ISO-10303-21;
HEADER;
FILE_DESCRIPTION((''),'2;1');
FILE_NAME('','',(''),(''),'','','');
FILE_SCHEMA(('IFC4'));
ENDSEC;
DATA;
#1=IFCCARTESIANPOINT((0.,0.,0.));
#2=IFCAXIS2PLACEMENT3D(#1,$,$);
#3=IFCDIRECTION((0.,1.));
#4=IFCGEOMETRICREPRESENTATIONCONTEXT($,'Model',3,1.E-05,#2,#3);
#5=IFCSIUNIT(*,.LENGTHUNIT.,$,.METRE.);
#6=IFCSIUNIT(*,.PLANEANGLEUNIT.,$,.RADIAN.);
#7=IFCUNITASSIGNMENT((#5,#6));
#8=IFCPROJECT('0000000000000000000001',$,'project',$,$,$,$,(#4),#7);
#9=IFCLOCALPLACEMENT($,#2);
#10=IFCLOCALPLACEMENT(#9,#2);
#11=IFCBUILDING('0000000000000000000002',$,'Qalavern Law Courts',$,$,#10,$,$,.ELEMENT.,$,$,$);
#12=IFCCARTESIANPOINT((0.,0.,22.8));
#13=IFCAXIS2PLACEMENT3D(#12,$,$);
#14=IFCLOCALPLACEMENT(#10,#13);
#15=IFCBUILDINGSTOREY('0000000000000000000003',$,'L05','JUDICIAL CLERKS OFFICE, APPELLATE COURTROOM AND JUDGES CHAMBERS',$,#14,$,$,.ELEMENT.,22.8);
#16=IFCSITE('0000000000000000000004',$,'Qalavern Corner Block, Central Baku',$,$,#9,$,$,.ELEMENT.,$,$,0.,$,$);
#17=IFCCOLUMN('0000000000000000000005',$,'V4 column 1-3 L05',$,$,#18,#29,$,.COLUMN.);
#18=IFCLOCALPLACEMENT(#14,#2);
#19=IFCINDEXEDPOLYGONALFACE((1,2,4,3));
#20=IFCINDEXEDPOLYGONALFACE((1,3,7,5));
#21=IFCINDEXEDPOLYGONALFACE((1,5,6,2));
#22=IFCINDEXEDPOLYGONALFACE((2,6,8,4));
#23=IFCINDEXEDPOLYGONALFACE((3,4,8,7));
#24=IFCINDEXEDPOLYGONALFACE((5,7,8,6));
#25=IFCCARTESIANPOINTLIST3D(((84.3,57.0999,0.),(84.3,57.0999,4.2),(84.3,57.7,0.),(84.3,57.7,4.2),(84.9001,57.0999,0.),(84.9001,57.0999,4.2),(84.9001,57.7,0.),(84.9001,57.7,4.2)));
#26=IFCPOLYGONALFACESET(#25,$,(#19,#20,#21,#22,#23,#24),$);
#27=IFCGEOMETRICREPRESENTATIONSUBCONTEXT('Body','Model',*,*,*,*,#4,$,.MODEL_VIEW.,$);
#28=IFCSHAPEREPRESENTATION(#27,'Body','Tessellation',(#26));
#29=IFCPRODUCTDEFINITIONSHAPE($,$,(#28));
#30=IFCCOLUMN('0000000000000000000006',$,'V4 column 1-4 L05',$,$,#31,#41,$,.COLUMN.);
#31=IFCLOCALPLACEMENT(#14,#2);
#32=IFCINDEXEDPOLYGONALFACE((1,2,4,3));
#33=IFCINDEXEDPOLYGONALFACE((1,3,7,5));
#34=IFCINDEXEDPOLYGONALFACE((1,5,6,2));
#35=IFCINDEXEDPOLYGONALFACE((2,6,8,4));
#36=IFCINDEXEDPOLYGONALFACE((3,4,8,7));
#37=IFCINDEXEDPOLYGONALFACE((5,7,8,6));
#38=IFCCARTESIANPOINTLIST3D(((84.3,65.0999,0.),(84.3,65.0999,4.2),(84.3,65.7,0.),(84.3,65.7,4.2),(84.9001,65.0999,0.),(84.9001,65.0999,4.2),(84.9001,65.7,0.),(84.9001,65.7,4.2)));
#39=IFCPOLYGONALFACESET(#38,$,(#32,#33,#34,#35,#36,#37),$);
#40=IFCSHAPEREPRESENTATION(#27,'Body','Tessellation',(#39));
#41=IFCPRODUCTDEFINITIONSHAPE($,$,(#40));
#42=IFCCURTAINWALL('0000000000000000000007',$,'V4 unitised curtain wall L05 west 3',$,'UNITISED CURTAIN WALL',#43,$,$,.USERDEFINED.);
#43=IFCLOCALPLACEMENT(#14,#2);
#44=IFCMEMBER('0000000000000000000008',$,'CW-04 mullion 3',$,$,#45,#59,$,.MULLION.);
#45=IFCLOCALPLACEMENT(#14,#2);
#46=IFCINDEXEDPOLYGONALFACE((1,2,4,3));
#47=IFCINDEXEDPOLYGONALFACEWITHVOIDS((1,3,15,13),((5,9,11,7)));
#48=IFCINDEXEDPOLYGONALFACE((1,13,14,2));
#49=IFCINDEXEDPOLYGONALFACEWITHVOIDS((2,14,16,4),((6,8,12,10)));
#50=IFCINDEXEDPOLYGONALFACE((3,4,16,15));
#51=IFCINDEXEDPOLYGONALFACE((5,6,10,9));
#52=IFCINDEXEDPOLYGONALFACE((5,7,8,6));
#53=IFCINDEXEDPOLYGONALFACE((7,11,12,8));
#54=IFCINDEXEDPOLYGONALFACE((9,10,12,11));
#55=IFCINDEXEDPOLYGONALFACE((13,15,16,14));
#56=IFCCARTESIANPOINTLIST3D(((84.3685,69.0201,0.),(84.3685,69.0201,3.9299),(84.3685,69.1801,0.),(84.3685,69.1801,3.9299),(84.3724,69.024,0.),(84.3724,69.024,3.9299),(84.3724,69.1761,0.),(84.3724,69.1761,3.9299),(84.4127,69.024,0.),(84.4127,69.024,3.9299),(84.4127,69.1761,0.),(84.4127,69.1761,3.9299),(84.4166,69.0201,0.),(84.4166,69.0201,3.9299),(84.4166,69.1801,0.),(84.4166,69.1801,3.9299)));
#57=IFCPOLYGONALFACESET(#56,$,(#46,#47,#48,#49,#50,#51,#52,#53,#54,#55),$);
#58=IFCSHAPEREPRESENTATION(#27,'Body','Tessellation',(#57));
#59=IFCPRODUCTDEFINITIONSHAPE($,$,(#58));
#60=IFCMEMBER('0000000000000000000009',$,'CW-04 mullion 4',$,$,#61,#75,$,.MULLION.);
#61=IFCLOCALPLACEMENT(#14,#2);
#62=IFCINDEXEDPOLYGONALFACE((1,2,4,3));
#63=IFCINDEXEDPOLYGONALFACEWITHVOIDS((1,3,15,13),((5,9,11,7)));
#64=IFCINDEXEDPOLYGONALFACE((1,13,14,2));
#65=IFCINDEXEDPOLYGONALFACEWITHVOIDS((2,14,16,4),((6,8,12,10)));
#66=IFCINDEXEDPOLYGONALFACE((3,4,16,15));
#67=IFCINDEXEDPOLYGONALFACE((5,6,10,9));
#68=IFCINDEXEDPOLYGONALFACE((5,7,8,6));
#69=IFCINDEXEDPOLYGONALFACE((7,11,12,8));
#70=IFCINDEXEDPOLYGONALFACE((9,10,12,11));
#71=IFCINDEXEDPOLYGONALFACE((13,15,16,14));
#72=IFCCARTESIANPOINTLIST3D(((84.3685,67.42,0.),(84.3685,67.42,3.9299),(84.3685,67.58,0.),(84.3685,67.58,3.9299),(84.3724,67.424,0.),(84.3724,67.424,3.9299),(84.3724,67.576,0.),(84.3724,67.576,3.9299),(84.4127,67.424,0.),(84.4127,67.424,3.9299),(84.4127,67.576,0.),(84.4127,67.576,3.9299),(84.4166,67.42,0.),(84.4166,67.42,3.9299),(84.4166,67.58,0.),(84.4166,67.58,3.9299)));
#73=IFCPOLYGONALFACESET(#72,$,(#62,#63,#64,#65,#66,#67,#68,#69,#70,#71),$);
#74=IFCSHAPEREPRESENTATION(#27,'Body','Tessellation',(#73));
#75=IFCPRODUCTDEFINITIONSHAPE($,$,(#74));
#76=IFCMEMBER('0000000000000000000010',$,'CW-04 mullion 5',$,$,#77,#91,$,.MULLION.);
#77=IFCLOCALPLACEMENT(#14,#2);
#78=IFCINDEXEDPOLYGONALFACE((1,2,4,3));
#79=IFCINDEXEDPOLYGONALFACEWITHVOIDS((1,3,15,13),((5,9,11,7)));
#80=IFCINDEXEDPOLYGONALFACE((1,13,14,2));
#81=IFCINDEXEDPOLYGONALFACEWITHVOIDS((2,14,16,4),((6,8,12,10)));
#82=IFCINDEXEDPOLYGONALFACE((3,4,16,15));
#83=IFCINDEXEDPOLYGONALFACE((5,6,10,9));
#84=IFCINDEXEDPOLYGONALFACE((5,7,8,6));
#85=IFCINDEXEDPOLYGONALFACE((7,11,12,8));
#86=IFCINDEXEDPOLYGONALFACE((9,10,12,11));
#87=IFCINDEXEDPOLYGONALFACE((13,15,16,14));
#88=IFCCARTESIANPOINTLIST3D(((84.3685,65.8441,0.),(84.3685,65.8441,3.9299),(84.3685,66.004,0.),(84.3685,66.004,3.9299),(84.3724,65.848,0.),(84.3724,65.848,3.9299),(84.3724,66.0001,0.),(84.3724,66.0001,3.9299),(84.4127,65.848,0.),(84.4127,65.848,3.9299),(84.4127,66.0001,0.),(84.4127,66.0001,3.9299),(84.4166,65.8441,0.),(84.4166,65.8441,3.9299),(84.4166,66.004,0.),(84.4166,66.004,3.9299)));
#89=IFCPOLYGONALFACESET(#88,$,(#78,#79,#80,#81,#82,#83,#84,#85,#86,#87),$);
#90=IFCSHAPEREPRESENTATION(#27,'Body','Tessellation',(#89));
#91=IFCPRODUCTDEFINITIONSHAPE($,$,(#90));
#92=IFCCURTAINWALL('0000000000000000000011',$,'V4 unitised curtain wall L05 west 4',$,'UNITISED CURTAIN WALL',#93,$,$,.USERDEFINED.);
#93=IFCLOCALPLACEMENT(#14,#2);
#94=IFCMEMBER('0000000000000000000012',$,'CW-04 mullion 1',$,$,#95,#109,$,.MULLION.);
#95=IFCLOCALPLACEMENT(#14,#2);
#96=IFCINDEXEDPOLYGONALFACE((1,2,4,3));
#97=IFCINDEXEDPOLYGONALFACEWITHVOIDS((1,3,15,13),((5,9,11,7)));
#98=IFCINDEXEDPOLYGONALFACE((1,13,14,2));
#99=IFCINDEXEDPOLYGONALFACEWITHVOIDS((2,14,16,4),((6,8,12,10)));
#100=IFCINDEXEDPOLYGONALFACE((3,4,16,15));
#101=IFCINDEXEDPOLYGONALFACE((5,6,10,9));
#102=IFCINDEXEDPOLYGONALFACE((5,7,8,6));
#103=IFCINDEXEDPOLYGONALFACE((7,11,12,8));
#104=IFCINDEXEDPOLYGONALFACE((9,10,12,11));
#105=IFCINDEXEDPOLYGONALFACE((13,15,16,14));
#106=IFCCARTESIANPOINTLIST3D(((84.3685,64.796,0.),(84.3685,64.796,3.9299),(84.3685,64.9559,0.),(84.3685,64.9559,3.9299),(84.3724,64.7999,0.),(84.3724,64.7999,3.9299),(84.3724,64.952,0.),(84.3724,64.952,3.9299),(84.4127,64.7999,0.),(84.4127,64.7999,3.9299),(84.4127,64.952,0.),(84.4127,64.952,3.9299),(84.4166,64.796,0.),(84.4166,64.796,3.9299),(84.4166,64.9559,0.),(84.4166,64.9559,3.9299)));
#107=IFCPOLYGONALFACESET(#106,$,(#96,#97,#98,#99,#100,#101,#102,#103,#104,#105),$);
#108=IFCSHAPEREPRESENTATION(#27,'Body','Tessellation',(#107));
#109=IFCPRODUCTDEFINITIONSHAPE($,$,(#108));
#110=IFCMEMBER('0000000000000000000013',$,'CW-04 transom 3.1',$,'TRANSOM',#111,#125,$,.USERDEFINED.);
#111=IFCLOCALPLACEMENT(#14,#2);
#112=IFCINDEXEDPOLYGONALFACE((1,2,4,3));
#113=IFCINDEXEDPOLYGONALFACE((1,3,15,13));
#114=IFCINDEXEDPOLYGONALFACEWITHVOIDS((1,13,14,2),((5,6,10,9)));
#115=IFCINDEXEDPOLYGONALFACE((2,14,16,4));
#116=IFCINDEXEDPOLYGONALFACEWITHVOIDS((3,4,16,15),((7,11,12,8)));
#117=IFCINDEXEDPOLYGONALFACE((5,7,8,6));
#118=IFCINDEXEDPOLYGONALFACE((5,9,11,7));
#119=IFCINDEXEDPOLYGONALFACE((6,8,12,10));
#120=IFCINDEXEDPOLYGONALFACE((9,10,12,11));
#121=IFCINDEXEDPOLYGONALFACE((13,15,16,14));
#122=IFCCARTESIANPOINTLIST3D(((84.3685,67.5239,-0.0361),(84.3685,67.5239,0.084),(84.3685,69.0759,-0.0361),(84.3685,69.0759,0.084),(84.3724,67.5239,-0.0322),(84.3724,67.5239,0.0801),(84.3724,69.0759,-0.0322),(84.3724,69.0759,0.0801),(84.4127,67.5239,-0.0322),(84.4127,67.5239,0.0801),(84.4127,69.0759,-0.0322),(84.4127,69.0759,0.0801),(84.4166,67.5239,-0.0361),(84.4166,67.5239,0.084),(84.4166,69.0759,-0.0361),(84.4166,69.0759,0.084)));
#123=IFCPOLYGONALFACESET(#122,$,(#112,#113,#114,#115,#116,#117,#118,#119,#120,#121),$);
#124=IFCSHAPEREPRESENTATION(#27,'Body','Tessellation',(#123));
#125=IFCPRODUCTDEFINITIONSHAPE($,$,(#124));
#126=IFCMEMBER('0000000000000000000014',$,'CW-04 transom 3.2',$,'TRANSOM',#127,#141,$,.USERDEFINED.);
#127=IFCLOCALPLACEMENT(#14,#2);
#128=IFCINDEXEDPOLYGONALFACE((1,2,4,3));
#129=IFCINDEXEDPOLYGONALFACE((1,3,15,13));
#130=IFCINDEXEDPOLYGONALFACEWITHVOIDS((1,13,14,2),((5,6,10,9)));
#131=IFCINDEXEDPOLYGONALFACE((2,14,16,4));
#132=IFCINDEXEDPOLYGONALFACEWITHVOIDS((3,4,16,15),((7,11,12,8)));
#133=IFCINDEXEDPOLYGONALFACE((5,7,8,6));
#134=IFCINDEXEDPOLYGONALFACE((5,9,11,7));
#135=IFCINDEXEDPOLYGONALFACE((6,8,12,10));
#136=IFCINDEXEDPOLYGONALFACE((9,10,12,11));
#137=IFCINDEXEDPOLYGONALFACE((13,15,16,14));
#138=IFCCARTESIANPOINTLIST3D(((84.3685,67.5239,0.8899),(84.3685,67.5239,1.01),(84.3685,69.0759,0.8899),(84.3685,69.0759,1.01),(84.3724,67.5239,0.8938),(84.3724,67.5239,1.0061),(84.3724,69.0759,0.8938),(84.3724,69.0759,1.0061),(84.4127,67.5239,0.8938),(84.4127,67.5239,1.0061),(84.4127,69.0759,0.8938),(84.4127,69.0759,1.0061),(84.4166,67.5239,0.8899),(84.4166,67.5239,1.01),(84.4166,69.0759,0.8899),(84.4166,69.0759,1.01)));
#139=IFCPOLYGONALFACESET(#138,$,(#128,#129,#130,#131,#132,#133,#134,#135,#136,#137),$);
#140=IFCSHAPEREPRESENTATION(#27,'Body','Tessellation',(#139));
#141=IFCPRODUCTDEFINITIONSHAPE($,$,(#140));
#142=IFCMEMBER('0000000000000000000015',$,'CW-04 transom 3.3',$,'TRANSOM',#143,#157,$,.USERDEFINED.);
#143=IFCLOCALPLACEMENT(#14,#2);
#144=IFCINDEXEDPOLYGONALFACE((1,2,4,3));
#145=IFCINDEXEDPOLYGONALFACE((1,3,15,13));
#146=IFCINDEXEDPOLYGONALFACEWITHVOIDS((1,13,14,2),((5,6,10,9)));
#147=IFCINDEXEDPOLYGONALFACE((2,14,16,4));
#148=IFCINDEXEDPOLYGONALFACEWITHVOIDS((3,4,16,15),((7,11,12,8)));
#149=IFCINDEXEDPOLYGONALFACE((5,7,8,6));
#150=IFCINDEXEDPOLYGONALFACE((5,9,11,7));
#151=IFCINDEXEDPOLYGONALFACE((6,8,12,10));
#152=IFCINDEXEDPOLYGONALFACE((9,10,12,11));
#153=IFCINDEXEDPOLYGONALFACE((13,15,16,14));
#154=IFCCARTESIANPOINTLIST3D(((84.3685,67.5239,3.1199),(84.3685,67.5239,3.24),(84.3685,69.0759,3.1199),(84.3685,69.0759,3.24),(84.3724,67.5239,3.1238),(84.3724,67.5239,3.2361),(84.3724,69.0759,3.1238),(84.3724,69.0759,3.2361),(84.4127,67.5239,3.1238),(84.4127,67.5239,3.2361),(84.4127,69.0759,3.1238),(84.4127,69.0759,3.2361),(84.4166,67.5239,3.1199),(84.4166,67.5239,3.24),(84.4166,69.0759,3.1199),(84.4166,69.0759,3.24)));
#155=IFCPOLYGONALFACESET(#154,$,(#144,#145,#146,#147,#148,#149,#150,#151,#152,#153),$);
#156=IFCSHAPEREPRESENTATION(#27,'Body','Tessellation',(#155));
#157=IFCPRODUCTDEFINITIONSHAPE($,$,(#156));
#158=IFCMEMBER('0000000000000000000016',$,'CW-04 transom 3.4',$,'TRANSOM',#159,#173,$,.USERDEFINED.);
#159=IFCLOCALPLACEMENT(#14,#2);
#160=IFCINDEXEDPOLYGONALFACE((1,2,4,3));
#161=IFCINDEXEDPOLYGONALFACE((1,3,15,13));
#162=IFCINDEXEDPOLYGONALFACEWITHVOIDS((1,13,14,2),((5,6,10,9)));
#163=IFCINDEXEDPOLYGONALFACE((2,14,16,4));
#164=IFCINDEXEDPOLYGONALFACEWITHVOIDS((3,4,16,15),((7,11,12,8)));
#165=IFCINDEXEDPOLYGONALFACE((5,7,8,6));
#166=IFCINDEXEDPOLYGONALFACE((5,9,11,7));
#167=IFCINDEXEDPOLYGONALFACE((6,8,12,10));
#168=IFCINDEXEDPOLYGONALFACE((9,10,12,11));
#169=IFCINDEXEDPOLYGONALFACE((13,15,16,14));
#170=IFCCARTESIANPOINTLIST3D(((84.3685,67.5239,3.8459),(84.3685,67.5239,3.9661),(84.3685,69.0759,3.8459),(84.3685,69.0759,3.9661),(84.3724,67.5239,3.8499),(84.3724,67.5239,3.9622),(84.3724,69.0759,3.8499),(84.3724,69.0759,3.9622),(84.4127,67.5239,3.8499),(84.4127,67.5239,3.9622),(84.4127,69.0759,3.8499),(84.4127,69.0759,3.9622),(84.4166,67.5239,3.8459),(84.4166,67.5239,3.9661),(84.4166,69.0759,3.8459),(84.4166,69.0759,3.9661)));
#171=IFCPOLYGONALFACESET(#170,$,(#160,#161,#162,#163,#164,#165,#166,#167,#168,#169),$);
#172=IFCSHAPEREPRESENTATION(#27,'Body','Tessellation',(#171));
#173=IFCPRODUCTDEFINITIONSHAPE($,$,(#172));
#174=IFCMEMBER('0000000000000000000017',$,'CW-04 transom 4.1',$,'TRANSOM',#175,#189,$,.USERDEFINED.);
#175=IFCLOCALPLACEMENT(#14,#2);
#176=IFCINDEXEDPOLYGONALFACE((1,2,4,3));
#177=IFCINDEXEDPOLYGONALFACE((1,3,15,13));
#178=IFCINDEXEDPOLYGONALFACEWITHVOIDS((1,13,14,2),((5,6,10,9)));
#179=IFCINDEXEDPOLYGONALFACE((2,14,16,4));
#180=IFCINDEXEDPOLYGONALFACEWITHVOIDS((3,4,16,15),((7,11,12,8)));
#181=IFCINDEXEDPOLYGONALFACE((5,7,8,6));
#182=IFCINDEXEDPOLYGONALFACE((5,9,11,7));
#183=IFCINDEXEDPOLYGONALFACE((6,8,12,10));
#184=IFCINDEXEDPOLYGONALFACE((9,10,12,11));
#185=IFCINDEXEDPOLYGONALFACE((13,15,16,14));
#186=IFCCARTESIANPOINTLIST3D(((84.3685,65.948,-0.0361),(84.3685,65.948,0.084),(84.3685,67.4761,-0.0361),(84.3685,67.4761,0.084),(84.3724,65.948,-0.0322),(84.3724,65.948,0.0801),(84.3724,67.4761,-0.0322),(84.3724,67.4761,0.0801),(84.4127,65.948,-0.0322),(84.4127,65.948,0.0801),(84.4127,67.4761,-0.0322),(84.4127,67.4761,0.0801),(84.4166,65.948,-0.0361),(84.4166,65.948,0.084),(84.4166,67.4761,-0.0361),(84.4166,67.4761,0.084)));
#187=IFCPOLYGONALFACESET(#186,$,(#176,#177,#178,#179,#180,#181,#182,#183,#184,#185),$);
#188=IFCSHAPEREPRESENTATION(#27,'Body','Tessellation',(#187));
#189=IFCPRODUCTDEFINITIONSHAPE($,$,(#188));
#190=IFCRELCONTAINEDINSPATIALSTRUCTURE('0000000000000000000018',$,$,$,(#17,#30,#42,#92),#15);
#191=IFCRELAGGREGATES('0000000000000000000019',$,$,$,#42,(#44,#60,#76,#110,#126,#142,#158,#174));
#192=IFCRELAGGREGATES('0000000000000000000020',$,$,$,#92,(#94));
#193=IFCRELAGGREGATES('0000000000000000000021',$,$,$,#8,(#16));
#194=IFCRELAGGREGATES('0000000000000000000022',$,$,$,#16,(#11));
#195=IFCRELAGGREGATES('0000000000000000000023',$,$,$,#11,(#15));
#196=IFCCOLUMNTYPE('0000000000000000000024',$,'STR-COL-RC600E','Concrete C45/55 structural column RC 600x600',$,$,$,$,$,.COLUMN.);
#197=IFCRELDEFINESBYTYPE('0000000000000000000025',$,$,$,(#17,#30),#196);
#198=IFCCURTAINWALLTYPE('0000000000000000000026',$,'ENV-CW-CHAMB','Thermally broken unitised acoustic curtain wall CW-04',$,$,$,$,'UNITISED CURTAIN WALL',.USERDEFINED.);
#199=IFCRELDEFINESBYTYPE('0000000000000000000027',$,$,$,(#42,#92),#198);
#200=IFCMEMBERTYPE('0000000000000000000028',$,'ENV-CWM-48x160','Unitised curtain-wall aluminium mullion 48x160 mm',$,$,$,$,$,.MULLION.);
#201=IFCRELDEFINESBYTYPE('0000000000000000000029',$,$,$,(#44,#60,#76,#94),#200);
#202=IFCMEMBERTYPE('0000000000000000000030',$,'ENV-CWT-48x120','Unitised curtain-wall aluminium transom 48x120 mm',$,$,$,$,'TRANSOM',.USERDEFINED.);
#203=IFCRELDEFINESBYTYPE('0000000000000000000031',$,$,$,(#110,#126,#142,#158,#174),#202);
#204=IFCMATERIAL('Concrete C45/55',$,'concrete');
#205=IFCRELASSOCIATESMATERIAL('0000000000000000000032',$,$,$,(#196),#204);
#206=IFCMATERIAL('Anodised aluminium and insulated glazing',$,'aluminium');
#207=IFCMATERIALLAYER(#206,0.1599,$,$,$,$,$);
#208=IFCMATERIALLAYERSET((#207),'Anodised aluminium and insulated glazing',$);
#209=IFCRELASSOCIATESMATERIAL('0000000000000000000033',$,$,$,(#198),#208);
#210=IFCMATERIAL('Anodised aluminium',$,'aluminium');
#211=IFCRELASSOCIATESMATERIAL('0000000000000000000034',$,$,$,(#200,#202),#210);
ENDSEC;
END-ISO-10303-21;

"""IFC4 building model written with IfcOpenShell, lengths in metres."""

from ifc_helpers import new_model, si_unit, direction, frame, origin, origin_2d, place, context, subcontext, project, spatial, rectangle, hollow_rectangle, extrude, material, layer, layer_set, material_profile, profile_set, type_object, element, aggregate, save


model = new_model("IFC4")

# Units and contexts
model_context = context("Model", 3, precision=1e-05, world=origin(), true_north=direction((0.0, 1.0)))
body_context = subcontext(model_context, "Body", "Model", "MODEL_VIEW")
ifc_project = project(units=[si_unit("LENGTHUNIT", "METRE"), si_unit("PLANEANGLEUNIT", "RADIAN")], contexts=[model_context])

# Site, building, storey
site_placement = place(None, origin())
site = spatial("IfcSite", under=ifc_project, at=site_placement, Name="Qalavern Corner Block, Central Baku", CompositionType="ELEMENT", RefElevation=0.0)
building_placement = place(site_placement, origin())
building = spatial("IfcBuilding", under=site, at=building_placement, Name="Qalavern Law Courts", CompositionType="ELEMENT")
storey_placement = place(building_placement, frame((0.0, 0.0, 22.8)))
storey = spatial("IfcBuildingStorey", under=building, at=storey_placement, Name="L05", Description="JUDICIAL CLERKS OFFICE, APPELLATE COURTROOM AND JUDGES CHAMBERS", CompositionType="ELEMENT", Elevation=22.8)

# Columns
ifc_material_1 = material(Name="Concrete C45/55", Category="concrete")
ifc_material_profile_1 = material_profile(ifc_material_1, rectangle(XDim=0.6001, YDim=0.6001, at=origin_2d()), Name="RC 600x600")
ifc_profile_set_1 = profile_set([ifc_material_profile_1], Name="Concrete C45/55")
column_type = type_object("IfcColumnType", Name="STR-COL-RC600E", Description="Concrete C45/55 structural column RC 600x600", PredefinedType="COLUMN", material=ifc_profile_set_1)
for number, where, z_axis, x_axis, name in (
    (1, (84.6001, 57.3999, 0.0), (0.0, 0.0, 1.0), (1.0, 0.0, 0.0), "V4 column 1-3 L05"),
    (2, (84.6001, 65.3999, 0.0), (0.0, 0.0, 1.0), (1.0, 0.0, 0.0), "V4 column 1-4 L05"),
):
    element("IfcColumn", number, at=place(storey_placement, frame(where, z_axis=z_axis, x_axis=x_axis)), inside=storey, type_object=column_type, Name=name, PredefinedType="COLUMN", context=body_context, shape_type="SweptSolid", body=[
        extrude(rectangle(XDim=0.6001, YDim=0.6001, at=origin_2d()), origin(), (0.0, 0.0, 1.0), 4.2),
    ])

# Curtain wall, members
ifc_material_2 = material(Name="Anodised aluminium and insulated glazing", Category="aluminium")
ifc_layer_1 = layer(ifc_material_2, 0.1599)
ifc_layer_set_1 = layer_set([ifc_layer_1], Name="Anodised aluminium and insulated glazing")
curtain_wall_type = type_object("IfcCurtainWallType", Name="ENV-CW-CHAMB", Description="Thermally broken unitised acoustic curtain wall CW-04", ElementType="UNITISED CURTAIN WALL", PredefinedType="USERDEFINED", material=ifc_layer_set_1)
curtain_wall_1_placement = place(storey_placement, origin())
curtain_wall_1 = element("IfcCurtainWall", 3, at=curtain_wall_1_placement, inside=storey, type_object=curtain_wall_type, Name="V4 unitised curtain wall L05 west 3", ObjectType="UNITISED CURTAIN WALL", PredefinedType="USERDEFINED")
ifc_material_3 = material(Name="Anodised aluminium", Category="aluminium")
ifc_material_profile_2 = material_profile(ifc_material_3, hollow_rectangle(XDim=0.0481, YDim=0.1599, WallThickness=0.0039, at=origin_2d()), Name="ALU MULLION 48x160")
ifc_profile_set_2 = profile_set([ifc_material_profile_2], Name="Anodised aluminium")
member_type_1 = type_object("IfcMemberType", Name="ENV-CWM-48x160", Description="Unitised curtain-wall aluminium mullion 48x160 mm", PredefinedType="MULLION", material=ifc_profile_set_2)
member_1_placement = place(storey_placement, frame((84.3926, 69.1001, 0.0), z_axis=(0.0, 0.0, 1.0), x_axis=(1.0, 0.0, 0.0)))
member_1 = element("IfcMember", 4, at=member_1_placement, type_object=member_type_1, Name="CW-04 mullion 3", PredefinedType="MULLION", context=body_context, shape_type="SweptSolid", body=[
    extrude(hollow_rectangle(XDim=0.0481, YDim=0.1599, WallThickness=0.0039, at=origin_2d()), origin(), (0.0, 0.0, 1.0), 3.9299),
])
member_2_placement = place(storey_placement, frame((84.3926, 67.5, 0.0), z_axis=(0.0, 0.0, 1.0), x_axis=(1.0, 0.0, 0.0)))
member_2 = element("IfcMember", 5, at=member_2_placement, type_object=member_type_1, Name="CW-04 mullion 4", PredefinedType="MULLION", context=body_context, shape_type="SweptSolid", body=[
    extrude(hollow_rectangle(XDim=0.0481, YDim=0.1599, WallThickness=0.0039, at=origin_2d()), origin(), (0.0, 0.0, 1.0), 3.9299),
])
member_3_placement = place(storey_placement, frame((84.3926, 65.9241, 0.0), z_axis=(0.0, 0.0, 1.0), x_axis=(1.0, 0.0, 0.0)))
member_3 = element("IfcMember", 6, at=member_3_placement, type_object=member_type_1, Name="CW-04 mullion 5", PredefinedType="MULLION", context=body_context, shape_type="SweptSolid", body=[
    extrude(hollow_rectangle(XDim=0.0481, YDim=0.1599, WallThickness=0.0039, at=origin_2d()), origin(), (0.0, 0.0, 1.0), 3.9299),
])

# Curtain wall, member
curtain_wall_2_placement = place(storey_placement, origin())
curtain_wall_2 = element("IfcCurtainWall", 7, at=curtain_wall_2_placement, inside=storey, type_object=curtain_wall_type, Name="V4 unitised curtain wall L05 west 4", ObjectType="UNITISED CURTAIN WALL", PredefinedType="USERDEFINED")
member_4_placement = place(storey_placement, frame((84.3926, 64.876, 0.0), z_axis=(0.0, 0.0, 1.0), x_axis=(1.0, 0.0, 0.0)))
member_4 = element("IfcMember", 8, at=member_4_placement, type_object=member_type_1, Name="CW-04 mullion 1", PredefinedType="MULLION", context=body_context, shape_type="SweptSolid", body=[
    extrude(hollow_rectangle(XDim=0.0481, YDim=0.1599, WallThickness=0.0039, at=origin_2d()), origin(), (0.0, 0.0, 1.0), 3.9299),
])

# Members
ifc_material_profile_3 = material_profile(ifc_material_3, hollow_rectangle(XDim=0.0481, YDim=0.1201, WallThickness=0.0039, at=origin_2d()), Name="ALU TRANSOM 48x120")
ifc_profile_set_3 = profile_set([ifc_material_profile_3], Name="Anodised aluminium")
member_type_2 = type_object("IfcMemberType", Name="ENV-CWT-48x120", Description="Unitised curtain-wall aluminium transom 48x120 mm", ElementType="TRANSOM", PredefinedType="USERDEFINED", material=ifc_profile_set_3)
member_5_placement = place(storey_placement, frame((84.3926, 69.0759, 0.0239), z_axis=(0.0, -1.0, 0.0), x_axis=(1.0, 0.0, 0.0)))
member_5 = element("IfcMember", 9, at=member_5_placement, type_object=member_type_2, Name="CW-04 transom 3.1", ObjectType="TRANSOM", PredefinedType="USERDEFINED", context=body_context, shape_type="SweptSolid", body=[
    extrude(hollow_rectangle(XDim=0.0481, YDim=0.1201, WallThickness=0.0039, at=origin_2d()), origin(), (0.0, 0.0, 1.0), 1.552),
])
member_6_placement = place(storey_placement, frame((84.3926, 69.0759, 0.95), z_axis=(0.0, -1.0, 0.0), x_axis=(1.0, 0.0, 0.0)))
member_6 = element("IfcMember", 10, at=member_6_placement, type_object=member_type_2, Name="CW-04 transom 3.2", ObjectType="TRANSOM", PredefinedType="USERDEFINED", context=body_context, shape_type="SweptSolid", body=[
    extrude(hollow_rectangle(XDim=0.0481, YDim=0.1201, WallThickness=0.0039, at=origin_2d()), origin(), (0.0, 0.0, 1.0), 1.552),
])
member_7_placement = place(storey_placement, frame((84.3926, 69.0759, 3.1799), z_axis=(0.0, -1.0, 0.0), x_axis=(1.0, 0.0, 0.0)))
member_7 = element("IfcMember", 11, at=member_7_placement, type_object=member_type_2, Name="CW-04 transom 3.3", ObjectType="TRANSOM", PredefinedType="USERDEFINED", context=body_context, shape_type="SweptSolid", body=[
    extrude(hollow_rectangle(XDim=0.0481, YDim=0.1201, WallThickness=0.0039, at=origin_2d()), origin(), (0.0, 0.0, 1.0), 1.552),
])
member_8_placement = place(storey_placement, frame((84.3926, 69.0759, 3.906), z_axis=(0.0, -1.0, 0.0), x_axis=(1.0, 0.0, 0.0)))
member_8 = element("IfcMember", 12, at=member_8_placement, type_object=member_type_2, Name="CW-04 transom 3.4", ObjectType="TRANSOM", PredefinedType="USERDEFINED", context=body_context, shape_type="SweptSolid", body=[
    extrude(hollow_rectangle(XDim=0.0481, YDim=0.1201, WallThickness=0.0039, at=origin_2d()), origin(), (0.0, 0.0, 1.0), 1.552),
])
member_9_placement = place(storey_placement, frame((84.3926, 67.4761, 0.0239), z_axis=(0.0, -1.0, 0.0), x_axis=(1.0, 0.0, 0.0)))
member_9 = element("IfcMember", 13, at=member_9_placement, type_object=member_type_2, Name="CW-04 transom 4.1", ObjectType="TRANSOM", PredefinedType="USERDEFINED", context=body_context, shape_type="SweptSolid", body=[
    extrude(hollow_rectangle(XDim=0.0481, YDim=0.1201, WallThickness=0.0039, at=origin_2d()), origin(), (0.0, 0.0, 1.0), 1.5281),
])

aggregate(curtain_wall_1, [member_1, member_2, member_3, member_5, member_6, member_7, member_8, member_9])
aggregate(curtain_wall_2, [member_4])

save(model, "model.ifc")
